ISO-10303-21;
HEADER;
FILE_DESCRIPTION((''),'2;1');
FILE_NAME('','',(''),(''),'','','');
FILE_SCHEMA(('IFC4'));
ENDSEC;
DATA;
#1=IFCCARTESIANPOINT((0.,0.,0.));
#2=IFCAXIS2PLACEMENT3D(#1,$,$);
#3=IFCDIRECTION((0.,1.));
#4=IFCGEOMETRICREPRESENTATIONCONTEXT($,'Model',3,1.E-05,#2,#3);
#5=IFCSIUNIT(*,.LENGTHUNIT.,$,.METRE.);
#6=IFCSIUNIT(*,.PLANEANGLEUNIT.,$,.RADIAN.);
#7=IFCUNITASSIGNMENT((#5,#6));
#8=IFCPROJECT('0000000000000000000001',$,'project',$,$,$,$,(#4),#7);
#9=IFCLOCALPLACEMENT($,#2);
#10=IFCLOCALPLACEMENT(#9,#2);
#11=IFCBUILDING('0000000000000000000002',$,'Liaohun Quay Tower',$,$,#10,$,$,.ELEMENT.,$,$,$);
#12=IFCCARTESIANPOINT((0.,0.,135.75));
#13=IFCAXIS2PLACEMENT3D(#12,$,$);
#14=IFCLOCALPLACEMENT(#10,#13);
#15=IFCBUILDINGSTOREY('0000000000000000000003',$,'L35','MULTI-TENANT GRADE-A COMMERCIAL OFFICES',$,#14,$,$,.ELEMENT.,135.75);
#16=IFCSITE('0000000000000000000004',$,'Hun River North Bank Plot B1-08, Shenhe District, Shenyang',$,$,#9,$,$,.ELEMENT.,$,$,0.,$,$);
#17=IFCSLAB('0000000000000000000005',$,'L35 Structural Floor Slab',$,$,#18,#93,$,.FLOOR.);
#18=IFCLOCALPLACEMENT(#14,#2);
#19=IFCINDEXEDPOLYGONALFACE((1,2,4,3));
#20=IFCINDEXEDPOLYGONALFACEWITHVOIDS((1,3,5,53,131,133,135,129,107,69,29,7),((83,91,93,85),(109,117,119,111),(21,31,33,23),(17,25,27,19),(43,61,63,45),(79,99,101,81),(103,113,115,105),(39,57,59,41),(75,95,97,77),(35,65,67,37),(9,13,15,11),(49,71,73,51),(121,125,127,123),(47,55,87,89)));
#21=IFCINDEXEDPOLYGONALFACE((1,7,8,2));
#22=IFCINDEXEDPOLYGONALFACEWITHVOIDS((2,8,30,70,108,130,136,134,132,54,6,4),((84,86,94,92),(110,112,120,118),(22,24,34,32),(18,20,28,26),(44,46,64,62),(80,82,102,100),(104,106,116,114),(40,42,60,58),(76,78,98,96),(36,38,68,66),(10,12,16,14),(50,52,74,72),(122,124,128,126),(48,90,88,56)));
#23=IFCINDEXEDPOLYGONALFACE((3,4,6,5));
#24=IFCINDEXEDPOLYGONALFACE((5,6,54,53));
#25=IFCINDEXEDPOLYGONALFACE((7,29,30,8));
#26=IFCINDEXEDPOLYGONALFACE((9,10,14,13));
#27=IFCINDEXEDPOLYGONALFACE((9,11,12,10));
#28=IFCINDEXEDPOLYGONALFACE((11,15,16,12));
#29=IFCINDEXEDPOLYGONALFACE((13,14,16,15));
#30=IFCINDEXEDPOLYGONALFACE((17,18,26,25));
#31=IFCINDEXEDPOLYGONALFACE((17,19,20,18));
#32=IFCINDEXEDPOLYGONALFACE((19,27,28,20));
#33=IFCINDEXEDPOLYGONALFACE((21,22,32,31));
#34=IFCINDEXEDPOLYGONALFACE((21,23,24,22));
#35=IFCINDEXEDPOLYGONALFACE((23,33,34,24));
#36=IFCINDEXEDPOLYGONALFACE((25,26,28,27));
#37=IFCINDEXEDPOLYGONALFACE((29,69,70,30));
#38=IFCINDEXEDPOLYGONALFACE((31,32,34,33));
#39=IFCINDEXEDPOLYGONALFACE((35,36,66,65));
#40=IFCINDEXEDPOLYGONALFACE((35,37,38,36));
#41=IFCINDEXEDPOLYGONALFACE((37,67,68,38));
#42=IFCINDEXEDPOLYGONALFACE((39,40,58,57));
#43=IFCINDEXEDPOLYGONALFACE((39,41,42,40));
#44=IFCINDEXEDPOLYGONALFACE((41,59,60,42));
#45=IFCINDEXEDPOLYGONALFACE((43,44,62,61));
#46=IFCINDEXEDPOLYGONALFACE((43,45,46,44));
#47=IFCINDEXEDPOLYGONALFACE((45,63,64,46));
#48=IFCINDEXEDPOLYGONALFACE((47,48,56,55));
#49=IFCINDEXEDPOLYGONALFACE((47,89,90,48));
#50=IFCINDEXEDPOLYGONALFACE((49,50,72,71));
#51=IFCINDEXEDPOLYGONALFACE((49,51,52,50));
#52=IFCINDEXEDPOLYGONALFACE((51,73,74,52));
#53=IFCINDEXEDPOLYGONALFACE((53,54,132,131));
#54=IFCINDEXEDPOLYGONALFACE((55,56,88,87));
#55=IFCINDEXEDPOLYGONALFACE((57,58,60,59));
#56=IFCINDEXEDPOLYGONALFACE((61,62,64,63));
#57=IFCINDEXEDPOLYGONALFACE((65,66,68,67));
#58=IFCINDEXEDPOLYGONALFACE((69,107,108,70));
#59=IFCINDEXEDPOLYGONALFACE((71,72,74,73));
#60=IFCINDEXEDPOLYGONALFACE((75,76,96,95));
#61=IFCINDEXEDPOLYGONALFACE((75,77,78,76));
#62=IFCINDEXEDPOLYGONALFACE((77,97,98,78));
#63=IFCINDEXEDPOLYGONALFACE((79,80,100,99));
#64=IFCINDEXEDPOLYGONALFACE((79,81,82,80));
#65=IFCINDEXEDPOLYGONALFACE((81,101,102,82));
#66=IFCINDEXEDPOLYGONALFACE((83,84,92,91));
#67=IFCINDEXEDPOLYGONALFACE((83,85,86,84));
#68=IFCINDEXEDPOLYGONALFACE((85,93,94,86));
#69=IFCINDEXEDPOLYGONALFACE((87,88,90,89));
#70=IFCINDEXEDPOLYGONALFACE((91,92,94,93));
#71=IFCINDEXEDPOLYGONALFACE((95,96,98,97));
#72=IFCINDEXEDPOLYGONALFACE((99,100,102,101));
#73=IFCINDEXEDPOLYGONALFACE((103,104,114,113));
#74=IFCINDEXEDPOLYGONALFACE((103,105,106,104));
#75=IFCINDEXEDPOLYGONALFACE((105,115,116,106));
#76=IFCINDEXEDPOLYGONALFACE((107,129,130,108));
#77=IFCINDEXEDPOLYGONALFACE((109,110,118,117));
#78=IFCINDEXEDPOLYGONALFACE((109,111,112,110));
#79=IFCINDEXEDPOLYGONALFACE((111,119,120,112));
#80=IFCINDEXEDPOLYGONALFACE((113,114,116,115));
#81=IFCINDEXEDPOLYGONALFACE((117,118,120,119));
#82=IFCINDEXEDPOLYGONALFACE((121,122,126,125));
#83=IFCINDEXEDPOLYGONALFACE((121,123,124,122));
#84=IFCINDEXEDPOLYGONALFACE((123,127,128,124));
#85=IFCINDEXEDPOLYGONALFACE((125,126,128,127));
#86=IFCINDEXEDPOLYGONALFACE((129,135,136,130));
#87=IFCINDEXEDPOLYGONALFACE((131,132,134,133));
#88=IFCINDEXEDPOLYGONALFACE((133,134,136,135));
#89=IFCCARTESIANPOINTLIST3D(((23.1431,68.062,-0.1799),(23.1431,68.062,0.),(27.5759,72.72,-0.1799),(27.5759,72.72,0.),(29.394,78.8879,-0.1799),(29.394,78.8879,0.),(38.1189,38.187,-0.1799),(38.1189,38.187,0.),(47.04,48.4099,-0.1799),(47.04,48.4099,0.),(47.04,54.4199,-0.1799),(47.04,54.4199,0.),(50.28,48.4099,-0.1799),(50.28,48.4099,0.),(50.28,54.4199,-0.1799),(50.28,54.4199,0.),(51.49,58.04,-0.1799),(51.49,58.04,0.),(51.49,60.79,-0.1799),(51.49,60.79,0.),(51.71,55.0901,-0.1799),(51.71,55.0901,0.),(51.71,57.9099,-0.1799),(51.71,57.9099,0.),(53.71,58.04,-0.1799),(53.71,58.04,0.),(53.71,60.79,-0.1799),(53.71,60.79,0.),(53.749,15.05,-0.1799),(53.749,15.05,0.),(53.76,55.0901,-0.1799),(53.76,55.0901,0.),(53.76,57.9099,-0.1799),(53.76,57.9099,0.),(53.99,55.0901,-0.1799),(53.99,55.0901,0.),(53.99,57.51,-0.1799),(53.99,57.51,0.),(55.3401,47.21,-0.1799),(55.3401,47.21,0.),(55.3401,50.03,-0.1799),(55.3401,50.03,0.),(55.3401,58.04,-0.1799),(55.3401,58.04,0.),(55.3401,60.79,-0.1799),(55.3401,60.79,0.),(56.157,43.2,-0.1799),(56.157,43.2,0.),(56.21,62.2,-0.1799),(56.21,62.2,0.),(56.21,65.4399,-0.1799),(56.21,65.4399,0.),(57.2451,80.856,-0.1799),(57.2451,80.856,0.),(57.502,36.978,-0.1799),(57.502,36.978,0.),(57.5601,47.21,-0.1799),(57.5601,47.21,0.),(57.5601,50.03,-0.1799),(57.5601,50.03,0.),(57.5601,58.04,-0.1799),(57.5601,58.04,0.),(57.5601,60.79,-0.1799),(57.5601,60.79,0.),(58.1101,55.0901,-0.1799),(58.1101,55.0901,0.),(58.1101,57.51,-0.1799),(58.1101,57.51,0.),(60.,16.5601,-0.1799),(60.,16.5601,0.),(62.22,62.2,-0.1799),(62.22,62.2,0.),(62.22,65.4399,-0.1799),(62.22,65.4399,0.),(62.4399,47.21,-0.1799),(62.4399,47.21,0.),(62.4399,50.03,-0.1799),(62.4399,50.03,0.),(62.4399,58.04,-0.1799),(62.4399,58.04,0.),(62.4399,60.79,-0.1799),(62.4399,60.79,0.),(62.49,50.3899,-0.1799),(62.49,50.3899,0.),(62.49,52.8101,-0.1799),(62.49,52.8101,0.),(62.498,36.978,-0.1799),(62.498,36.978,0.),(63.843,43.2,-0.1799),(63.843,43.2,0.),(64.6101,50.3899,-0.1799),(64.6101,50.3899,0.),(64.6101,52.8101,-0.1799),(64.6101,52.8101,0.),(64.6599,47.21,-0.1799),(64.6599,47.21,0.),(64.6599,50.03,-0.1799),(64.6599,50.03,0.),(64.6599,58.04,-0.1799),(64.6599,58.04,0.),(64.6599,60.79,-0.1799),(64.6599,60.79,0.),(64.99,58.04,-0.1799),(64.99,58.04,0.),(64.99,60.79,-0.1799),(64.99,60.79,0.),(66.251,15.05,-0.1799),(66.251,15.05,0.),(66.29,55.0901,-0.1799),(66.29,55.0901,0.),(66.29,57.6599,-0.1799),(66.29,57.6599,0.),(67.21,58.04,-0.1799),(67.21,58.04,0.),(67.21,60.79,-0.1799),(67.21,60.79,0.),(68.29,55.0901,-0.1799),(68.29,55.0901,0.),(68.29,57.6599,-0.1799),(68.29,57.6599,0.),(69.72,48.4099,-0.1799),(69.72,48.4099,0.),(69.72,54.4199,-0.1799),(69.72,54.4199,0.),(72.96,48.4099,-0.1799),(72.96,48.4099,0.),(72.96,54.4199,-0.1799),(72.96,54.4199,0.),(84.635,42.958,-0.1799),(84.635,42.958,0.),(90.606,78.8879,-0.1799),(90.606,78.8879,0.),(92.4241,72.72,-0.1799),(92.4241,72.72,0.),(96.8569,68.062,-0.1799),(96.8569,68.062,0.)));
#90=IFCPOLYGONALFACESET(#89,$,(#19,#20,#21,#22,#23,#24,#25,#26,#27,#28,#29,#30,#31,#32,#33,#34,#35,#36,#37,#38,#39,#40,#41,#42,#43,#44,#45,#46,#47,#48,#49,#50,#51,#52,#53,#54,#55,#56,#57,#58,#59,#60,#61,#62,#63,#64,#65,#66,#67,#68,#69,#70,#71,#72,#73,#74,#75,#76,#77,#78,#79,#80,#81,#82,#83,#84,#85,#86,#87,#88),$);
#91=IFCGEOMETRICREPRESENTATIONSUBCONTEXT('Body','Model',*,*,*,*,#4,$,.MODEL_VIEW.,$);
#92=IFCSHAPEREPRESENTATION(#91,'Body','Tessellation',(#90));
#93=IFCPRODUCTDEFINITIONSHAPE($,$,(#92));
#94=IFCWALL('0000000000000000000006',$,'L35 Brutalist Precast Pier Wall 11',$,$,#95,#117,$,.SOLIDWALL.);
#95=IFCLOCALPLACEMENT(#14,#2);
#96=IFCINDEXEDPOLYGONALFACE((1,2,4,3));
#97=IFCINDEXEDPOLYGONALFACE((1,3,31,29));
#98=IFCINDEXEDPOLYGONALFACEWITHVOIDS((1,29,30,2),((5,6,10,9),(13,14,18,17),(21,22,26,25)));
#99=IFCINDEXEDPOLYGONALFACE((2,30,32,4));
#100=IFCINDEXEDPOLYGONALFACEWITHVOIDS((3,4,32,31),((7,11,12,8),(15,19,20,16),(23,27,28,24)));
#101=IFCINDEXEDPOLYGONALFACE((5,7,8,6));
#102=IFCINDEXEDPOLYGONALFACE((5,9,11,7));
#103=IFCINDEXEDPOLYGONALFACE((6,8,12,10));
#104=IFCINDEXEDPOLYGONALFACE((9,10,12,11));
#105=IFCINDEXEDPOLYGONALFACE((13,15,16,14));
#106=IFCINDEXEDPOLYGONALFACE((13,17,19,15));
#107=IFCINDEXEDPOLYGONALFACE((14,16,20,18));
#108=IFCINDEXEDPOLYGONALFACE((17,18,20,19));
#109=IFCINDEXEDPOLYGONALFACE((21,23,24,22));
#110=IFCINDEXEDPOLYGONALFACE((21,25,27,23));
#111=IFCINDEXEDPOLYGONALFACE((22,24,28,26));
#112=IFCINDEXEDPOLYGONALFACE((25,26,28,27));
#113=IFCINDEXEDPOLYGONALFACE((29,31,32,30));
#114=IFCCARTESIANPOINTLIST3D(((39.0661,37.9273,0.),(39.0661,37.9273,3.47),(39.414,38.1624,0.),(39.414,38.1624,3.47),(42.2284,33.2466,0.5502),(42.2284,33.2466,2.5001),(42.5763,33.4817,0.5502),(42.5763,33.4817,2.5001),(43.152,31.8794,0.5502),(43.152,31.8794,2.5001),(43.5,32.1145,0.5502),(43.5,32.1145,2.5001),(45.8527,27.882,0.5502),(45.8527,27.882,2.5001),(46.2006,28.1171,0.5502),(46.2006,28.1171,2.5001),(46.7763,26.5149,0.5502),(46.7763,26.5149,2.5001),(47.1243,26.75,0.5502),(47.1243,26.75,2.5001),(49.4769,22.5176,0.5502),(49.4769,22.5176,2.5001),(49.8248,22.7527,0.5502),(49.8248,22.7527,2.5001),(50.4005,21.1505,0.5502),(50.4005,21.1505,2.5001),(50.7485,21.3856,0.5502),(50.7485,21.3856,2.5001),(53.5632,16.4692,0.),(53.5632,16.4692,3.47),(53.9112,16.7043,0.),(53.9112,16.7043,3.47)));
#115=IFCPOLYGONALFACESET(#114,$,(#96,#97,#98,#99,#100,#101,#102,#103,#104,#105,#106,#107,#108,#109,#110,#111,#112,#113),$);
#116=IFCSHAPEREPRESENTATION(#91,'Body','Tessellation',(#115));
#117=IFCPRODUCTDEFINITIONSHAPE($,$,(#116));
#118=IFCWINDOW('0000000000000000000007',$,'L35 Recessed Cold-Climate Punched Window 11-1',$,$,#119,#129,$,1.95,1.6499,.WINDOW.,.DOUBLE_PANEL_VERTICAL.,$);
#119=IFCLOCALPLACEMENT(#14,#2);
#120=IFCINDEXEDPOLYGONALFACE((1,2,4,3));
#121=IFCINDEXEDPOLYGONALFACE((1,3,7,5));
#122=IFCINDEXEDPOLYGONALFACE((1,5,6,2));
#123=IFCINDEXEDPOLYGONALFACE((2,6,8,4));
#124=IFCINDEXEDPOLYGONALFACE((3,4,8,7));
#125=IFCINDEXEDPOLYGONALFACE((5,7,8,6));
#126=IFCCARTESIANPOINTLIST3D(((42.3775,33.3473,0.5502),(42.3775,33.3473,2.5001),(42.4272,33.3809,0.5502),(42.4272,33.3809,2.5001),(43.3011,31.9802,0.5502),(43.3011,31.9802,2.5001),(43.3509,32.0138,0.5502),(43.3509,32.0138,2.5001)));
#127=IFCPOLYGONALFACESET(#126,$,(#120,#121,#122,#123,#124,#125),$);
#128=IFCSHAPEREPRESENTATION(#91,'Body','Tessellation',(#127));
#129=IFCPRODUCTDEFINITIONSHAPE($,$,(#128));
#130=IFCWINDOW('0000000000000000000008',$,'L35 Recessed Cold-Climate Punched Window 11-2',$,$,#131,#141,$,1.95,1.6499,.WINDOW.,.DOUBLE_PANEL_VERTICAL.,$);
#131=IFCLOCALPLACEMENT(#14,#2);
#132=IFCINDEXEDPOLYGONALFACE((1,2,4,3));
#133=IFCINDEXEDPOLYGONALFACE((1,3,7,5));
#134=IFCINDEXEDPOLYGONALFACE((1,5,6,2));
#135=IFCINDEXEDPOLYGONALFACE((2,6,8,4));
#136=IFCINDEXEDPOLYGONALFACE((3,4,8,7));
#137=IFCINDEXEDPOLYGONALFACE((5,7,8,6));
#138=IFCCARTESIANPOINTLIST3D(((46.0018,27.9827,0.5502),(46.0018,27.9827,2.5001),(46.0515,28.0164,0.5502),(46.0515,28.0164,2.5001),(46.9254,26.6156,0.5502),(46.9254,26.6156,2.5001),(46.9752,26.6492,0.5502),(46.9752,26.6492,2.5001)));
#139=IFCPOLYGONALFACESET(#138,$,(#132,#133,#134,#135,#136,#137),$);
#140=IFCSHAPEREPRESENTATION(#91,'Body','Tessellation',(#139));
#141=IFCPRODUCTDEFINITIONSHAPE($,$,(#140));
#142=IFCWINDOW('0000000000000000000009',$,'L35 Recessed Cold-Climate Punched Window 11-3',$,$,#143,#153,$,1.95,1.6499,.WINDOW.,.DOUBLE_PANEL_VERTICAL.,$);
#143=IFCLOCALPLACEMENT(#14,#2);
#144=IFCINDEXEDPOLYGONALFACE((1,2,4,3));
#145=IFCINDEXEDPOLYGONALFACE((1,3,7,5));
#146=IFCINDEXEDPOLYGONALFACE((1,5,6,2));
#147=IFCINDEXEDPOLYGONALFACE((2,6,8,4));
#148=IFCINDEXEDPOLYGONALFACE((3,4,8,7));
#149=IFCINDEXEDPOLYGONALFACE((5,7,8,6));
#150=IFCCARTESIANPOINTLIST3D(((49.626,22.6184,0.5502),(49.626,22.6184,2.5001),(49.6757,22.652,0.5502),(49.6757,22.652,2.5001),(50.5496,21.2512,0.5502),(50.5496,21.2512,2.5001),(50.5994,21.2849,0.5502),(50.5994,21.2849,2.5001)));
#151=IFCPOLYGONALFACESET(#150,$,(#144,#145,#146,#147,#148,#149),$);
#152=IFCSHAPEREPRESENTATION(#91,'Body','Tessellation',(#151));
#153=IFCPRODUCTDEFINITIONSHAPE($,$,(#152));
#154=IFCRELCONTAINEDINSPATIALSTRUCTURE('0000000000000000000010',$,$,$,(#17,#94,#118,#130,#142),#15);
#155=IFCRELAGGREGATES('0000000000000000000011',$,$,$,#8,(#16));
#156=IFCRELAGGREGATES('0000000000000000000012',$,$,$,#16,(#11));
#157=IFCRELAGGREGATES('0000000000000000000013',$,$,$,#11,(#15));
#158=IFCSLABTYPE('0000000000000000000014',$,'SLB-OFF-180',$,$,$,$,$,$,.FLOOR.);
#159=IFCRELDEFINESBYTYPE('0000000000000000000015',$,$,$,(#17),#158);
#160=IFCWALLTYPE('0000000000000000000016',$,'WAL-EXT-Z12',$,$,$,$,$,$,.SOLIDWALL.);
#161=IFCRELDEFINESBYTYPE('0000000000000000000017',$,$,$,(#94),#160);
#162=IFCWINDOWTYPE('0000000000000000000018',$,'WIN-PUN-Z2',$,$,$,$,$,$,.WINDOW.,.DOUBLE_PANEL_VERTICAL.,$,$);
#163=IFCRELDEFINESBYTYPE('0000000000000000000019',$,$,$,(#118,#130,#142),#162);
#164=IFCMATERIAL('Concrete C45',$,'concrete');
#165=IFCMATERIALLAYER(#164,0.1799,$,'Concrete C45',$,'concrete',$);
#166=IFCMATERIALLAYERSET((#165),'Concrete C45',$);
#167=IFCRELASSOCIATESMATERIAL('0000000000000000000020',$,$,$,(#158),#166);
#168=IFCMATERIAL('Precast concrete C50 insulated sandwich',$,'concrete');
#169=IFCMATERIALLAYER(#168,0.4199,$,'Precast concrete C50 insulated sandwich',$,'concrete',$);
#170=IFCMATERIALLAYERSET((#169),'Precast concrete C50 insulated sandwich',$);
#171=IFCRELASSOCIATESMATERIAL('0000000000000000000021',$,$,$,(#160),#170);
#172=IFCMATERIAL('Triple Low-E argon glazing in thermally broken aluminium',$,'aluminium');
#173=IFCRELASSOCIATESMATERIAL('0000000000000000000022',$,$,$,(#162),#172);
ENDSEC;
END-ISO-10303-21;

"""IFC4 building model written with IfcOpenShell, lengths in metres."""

from ifc_helpers import new_model, si_unit, direction, frame, frame_2d, origin, place, context, subcontext, project, spatial, polyline, rectangle, outline, extrude, source, transform, mapped, material, layer, layer_set, type_object, element, fill, save


model = new_model("IFC4")

# Units and contexts
model_context = context("Model", 3, precision=1e-05, world=origin(), true_north=direction((0.0, 1.0)))
body_context = subcontext(model_context, "Body", "Model", "MODEL_VIEW")
ifc_project = project(units=[si_unit("LENGTHUNIT", "METRE"), si_unit("PLANEANGLEUNIT", "RADIAN")], contexts=[model_context])

# Site, building, storey
site_placement = place(None, origin())
site = spatial("IfcSite", under=ifc_project, at=site_placement, Name="Hun River North Bank Plot B1-08, Shenhe District, Shenyang", CompositionType="ELEMENT", RefElevation=0.0)
building_placement = place(site_placement, origin())
building = spatial("IfcBuilding", under=site, at=building_placement, Name="Liaohun Quay Tower", CompositionType="ELEMENT")
storey_placement = place(building_placement, frame((0.0, 0.0, 135.75)))
storey = spatial("IfcBuildingStorey", under=building, at=storey_placement, Name="L35", Description="MULTI-TENANT GRADE-A COMMERCIAL OFFICES", CompositionType="ELEMENT", Elevation=135.75)

# Shared definitions
ifc_material_1 = material(Name="Concrete C45", Category="concrete")

# Slab
ifc_layer_1 = layer(ifc_material_1, 0.1799, Name="Concrete C45", Category="concrete")
ifc_layer_set_1 = layer_set([ifc_layer_1], Name="Concrete C45")
slab_type_1 = type_object("IfcSlabType", Name="SLB-OFF-180", PredefinedType="FLOOR", material=ifc_layer_set_1)
slab_1_placement = place(storey_placement, frame((0.0, 0.0, -0.1799)))
element("IfcSlab", 1, at=slab_1_placement, inside=storey, type_object=slab_type_1, Name="L35 Structural Floor Slab", PredefinedType="FLOOR", context=body_context, shape_type="SweptSolid", body=[
    extrude(outline(polyline([(53.749, 15.05), (60.0, 16.5601), (66.251, 15.05), (84.635, 42.958), (96.8569, 68.062), (92.4241, 72.72), (90.606, 78.8879), (57.2451, 80.856), (29.394, 78.8879), (27.5759, 72.72), (23.1431, 68.062), (38.1189, 38.187), (53.749, 15.05)]), holes=[polyline([(57.5601, 50.03), (55.3401, 50.03), (55.3401, 47.21), (57.5601, 47.21), (57.5601, 50.03)]), polyline([(50.28, 54.4199), (47.04, 54.4199), (47.04, 48.4099), (50.28, 48.4099), (50.28, 54.4199)]), polyline([(53.99, 55.0901), (58.1101, 55.0901), (58.1101, 57.51), (53.99, 57.51), (53.99, 55.0901)]), polyline([(53.76, 55.0901), (53.76, 57.9099), (51.71, 57.9099), (51.71, 55.0901), (53.76, 55.0901)]), polyline([(53.71, 58.04), (53.71, 60.79), (51.49, 60.79), (51.49, 58.04), (53.71, 58.04)]), polyline([(57.5601, 58.04), (57.5601, 60.79), (55.3401, 60.79), (55.3401, 58.04), (57.5601, 58.04)]), polyline([(62.22, 62.2), (62.22, 65.4399), (56.21, 65.4399), (56.21, 62.2), (62.22, 62.2)]), polyline([(62.498, 36.978), (63.843, 43.2), (56.157, 43.2), (57.502, 36.978), (62.498, 36.978)]), polyline([(64.6599, 47.21), (64.6599, 50.03), (62.4399, 50.03), (62.4399, 47.21), (64.6599, 47.21)]), polyline([(72.96, 54.4199), (69.72, 54.4199), (69.72, 48.4099), (72.96, 48.4099), (72.96, 54.4199)]), polyline([(64.6101, 50.3899), (64.6101, 52.8101), (62.49, 52.8101), (62.49, 50.3899), (64.6101, 50.3899)]), polyline([(68.29, 55.0901), (68.29, 57.6599), (66.29, 57.6599), (66.29, 55.0901), (68.29, 55.0901)]), polyline([(64.6599, 58.04), (64.6599, 60.79), (62.4399, 60.79), (62.4399, 58.04), (64.6599, 58.04)]), polyline([(67.21, 58.04), (67.21, 60.79), (64.99, 60.79), (64.99, 58.04), (67.21, 58.04)])]), origin(), (0.0, 0.0, 1.0), 0.1799),
])

# Wall, openings, windows
ifc_material_2 = material(Name="Precast concrete C50 insulated sandwich", Category="concrete")
ifc_layer_2 = layer(ifc_material_2, 0.4199, Name="Precast concrete C50 insulated sandwich", Category="concrete")
ifc_layer_set_2 = layer_set([ifc_layer_2], Name="Precast concrete C50 insulated sandwich")
wall_type_1 = type_object("IfcWallType", Name="WAL-EXT-Z12", PredefinedType="SOLIDWALL", material=ifc_layer_set_2)
wall_1_placement = place(storey_placement, frame((39.24, 38.0449, 0.0), z_axis=(0.0, 0.0, 1.0), x_axis=(0.559815, -0.828617, 0.0)))
wall_1 = element("IfcWall", 2, at=wall_1_placement, inside=storey, type_object=wall_type_1, Name="L35 Brutalist Precast Pier Wall 11", PredefinedType="SOLIDWALL", context=body_context, shape_type="SweptSolid", body=[
    extrude(rectangle(XDim=25.8962, YDim=0.4199, at=frame_2d((12.9482, 0.0))), origin(), (0.0, 0.0, 1.0), 3.47),
])
shared_shape_1 = source(origin(), body_context, "Body", "SweptSolid", [
    extrude(rectangle(XDim=1.6499, YDim=1.95, at=frame_2d((0.825, 0.9751))), frame((0.0, 0.22, 0.0), z_axis=(0.0, -1.0, 0.0), x_axis=(1.0, 0.0, 0.0)), (0.0, 0.0, 1.0), 0.4399),
])
opening_1_placement = place(wall_1_placement, frame((5.6489, 0.0, 0.55)))
opening_1 = element("IfcOpeningElement", 3, at=opening_1_placement, cuts=wall_1, PredefinedType="OPENING", context=body_context, shape_type="MappedRepresentation", body=[
    mapped(shared_shape_1, transform((0.0, 0.0, 0.0), x_axis=(1.0, 0.0, 0.0), y_axis=(0.0, 1.0, 0.0), z_axis=(0.0, 0.0, 1.0), scale=1.0)),
])
opening_2_placement = place(wall_1_placement, frame((12.123, 0.0, 0.55)))
opening_2 = element("IfcOpeningElement", 4, at=opening_2_placement, cuts=wall_1, PredefinedType="OPENING", context=body_context, shape_type="MappedRepresentation", body=[
    mapped(shared_shape_1, transform((0.0, 0.0, 0.0), x_axis=(1.0, 0.0, 0.0), y_axis=(0.0, 1.0, 0.0), z_axis=(0.0, 0.0, 1.0), scale=1.0)),
])
opening_3_placement = place(wall_1_placement, frame((18.5969, 0.0, 0.55)))
opening_3 = element("IfcOpeningElement", 5, at=opening_3_placement, cuts=wall_1, PredefinedType="OPENING", context=body_context, shape_type="MappedRepresentation", body=[
    mapped(shared_shape_1, transform((0.0, 0.0, 0.0), x_axis=(1.0, 0.0, 0.0), y_axis=(0.0, 1.0, 0.0), z_axis=(0.0, 0.0, 1.0), scale=1.0)),
])
ifc_material_3 = material(Name="Triple Low-E argon glazing in thermally broken aluminium", Category="aluminium")
window_type = type_object("IfcWindowType", Name="WIN-PUN-Z2", PartitioningType="DOUBLE_PANEL_VERTICAL", PredefinedType="WINDOW", material=ifc_material_3)
shared_shape_2 = source(origin(), body_context, "Body", "SweptSolid", [
    extrude(rectangle(XDim=1.6499, YDim=1.95, at=frame_2d((0.825, 0.9751))), frame((0.0, 0.03, 0.0), z_axis=(0.0, -1.0, 0.0), x_axis=(1.0, 0.0, 0.0)), (0.0, 0.0, 1.0), 0.0601),
])
window_1_placement = place(opening_1_placement, origin())
window_1 = element("IfcWindow", 6, at=window_1_placement, inside=storey, type_object=window_type, Name="L35 Recessed Cold-Climate Punched Window 11-1", OverallHeight=1.95, OverallWidth=1.6499, PartitioningType="DOUBLE_PANEL_VERTICAL", PredefinedType="WINDOW", context=body_context, shape_type="MappedRepresentation", body=[
    mapped(shared_shape_2, transform((0.0, 0.0, 0.0), x_axis=(1.0, 0.0, 0.0), y_axis=(0.0, 1.0, 0.0), z_axis=(0.0, 0.0, 1.0), scale=1.0)),
])
fill(opening_1, window_1)
window_2_placement = place(opening_2_placement, origin())
window_2 = element("IfcWindow", 7, at=window_2_placement, inside=storey, type_object=window_type, Name="L35 Recessed Cold-Climate Punched Window 11-2", OverallHeight=1.95, OverallWidth=1.6499, PartitioningType="DOUBLE_PANEL_VERTICAL", PredefinedType="WINDOW", context=body_context, shape_type="MappedRepresentation", body=[
    mapped(shared_shape_2, transform((0.0, 0.0, 0.0), x_axis=(1.0, 0.0, 0.0), y_axis=(0.0, 1.0, 0.0), z_axis=(0.0, 0.0, 1.0), scale=1.0)),
])
fill(opening_2, window_2)
window_3_placement = place(opening_3_placement, origin())
window_3 = element("IfcWindow", 8, at=window_3_placement, inside=storey, type_object=window_type, Name="L35 Recessed Cold-Climate Punched Window 11-3", OverallHeight=1.95, OverallWidth=1.6499, PartitioningType="DOUBLE_PANEL_VERTICAL", PredefinedType="WINDOW", context=body_context, shape_type="MappedRepresentation", body=[
    mapped(shared_shape_2, transform((0.0, 0.0, 0.0), x_axis=(1.0, 0.0, 0.0), y_axis=(0.0, 1.0, 0.0), z_axis=(0.0, 0.0, 1.0), scale=1.0)),
])
fill(opening_3, window_3)

save(model, "model.ifc")
